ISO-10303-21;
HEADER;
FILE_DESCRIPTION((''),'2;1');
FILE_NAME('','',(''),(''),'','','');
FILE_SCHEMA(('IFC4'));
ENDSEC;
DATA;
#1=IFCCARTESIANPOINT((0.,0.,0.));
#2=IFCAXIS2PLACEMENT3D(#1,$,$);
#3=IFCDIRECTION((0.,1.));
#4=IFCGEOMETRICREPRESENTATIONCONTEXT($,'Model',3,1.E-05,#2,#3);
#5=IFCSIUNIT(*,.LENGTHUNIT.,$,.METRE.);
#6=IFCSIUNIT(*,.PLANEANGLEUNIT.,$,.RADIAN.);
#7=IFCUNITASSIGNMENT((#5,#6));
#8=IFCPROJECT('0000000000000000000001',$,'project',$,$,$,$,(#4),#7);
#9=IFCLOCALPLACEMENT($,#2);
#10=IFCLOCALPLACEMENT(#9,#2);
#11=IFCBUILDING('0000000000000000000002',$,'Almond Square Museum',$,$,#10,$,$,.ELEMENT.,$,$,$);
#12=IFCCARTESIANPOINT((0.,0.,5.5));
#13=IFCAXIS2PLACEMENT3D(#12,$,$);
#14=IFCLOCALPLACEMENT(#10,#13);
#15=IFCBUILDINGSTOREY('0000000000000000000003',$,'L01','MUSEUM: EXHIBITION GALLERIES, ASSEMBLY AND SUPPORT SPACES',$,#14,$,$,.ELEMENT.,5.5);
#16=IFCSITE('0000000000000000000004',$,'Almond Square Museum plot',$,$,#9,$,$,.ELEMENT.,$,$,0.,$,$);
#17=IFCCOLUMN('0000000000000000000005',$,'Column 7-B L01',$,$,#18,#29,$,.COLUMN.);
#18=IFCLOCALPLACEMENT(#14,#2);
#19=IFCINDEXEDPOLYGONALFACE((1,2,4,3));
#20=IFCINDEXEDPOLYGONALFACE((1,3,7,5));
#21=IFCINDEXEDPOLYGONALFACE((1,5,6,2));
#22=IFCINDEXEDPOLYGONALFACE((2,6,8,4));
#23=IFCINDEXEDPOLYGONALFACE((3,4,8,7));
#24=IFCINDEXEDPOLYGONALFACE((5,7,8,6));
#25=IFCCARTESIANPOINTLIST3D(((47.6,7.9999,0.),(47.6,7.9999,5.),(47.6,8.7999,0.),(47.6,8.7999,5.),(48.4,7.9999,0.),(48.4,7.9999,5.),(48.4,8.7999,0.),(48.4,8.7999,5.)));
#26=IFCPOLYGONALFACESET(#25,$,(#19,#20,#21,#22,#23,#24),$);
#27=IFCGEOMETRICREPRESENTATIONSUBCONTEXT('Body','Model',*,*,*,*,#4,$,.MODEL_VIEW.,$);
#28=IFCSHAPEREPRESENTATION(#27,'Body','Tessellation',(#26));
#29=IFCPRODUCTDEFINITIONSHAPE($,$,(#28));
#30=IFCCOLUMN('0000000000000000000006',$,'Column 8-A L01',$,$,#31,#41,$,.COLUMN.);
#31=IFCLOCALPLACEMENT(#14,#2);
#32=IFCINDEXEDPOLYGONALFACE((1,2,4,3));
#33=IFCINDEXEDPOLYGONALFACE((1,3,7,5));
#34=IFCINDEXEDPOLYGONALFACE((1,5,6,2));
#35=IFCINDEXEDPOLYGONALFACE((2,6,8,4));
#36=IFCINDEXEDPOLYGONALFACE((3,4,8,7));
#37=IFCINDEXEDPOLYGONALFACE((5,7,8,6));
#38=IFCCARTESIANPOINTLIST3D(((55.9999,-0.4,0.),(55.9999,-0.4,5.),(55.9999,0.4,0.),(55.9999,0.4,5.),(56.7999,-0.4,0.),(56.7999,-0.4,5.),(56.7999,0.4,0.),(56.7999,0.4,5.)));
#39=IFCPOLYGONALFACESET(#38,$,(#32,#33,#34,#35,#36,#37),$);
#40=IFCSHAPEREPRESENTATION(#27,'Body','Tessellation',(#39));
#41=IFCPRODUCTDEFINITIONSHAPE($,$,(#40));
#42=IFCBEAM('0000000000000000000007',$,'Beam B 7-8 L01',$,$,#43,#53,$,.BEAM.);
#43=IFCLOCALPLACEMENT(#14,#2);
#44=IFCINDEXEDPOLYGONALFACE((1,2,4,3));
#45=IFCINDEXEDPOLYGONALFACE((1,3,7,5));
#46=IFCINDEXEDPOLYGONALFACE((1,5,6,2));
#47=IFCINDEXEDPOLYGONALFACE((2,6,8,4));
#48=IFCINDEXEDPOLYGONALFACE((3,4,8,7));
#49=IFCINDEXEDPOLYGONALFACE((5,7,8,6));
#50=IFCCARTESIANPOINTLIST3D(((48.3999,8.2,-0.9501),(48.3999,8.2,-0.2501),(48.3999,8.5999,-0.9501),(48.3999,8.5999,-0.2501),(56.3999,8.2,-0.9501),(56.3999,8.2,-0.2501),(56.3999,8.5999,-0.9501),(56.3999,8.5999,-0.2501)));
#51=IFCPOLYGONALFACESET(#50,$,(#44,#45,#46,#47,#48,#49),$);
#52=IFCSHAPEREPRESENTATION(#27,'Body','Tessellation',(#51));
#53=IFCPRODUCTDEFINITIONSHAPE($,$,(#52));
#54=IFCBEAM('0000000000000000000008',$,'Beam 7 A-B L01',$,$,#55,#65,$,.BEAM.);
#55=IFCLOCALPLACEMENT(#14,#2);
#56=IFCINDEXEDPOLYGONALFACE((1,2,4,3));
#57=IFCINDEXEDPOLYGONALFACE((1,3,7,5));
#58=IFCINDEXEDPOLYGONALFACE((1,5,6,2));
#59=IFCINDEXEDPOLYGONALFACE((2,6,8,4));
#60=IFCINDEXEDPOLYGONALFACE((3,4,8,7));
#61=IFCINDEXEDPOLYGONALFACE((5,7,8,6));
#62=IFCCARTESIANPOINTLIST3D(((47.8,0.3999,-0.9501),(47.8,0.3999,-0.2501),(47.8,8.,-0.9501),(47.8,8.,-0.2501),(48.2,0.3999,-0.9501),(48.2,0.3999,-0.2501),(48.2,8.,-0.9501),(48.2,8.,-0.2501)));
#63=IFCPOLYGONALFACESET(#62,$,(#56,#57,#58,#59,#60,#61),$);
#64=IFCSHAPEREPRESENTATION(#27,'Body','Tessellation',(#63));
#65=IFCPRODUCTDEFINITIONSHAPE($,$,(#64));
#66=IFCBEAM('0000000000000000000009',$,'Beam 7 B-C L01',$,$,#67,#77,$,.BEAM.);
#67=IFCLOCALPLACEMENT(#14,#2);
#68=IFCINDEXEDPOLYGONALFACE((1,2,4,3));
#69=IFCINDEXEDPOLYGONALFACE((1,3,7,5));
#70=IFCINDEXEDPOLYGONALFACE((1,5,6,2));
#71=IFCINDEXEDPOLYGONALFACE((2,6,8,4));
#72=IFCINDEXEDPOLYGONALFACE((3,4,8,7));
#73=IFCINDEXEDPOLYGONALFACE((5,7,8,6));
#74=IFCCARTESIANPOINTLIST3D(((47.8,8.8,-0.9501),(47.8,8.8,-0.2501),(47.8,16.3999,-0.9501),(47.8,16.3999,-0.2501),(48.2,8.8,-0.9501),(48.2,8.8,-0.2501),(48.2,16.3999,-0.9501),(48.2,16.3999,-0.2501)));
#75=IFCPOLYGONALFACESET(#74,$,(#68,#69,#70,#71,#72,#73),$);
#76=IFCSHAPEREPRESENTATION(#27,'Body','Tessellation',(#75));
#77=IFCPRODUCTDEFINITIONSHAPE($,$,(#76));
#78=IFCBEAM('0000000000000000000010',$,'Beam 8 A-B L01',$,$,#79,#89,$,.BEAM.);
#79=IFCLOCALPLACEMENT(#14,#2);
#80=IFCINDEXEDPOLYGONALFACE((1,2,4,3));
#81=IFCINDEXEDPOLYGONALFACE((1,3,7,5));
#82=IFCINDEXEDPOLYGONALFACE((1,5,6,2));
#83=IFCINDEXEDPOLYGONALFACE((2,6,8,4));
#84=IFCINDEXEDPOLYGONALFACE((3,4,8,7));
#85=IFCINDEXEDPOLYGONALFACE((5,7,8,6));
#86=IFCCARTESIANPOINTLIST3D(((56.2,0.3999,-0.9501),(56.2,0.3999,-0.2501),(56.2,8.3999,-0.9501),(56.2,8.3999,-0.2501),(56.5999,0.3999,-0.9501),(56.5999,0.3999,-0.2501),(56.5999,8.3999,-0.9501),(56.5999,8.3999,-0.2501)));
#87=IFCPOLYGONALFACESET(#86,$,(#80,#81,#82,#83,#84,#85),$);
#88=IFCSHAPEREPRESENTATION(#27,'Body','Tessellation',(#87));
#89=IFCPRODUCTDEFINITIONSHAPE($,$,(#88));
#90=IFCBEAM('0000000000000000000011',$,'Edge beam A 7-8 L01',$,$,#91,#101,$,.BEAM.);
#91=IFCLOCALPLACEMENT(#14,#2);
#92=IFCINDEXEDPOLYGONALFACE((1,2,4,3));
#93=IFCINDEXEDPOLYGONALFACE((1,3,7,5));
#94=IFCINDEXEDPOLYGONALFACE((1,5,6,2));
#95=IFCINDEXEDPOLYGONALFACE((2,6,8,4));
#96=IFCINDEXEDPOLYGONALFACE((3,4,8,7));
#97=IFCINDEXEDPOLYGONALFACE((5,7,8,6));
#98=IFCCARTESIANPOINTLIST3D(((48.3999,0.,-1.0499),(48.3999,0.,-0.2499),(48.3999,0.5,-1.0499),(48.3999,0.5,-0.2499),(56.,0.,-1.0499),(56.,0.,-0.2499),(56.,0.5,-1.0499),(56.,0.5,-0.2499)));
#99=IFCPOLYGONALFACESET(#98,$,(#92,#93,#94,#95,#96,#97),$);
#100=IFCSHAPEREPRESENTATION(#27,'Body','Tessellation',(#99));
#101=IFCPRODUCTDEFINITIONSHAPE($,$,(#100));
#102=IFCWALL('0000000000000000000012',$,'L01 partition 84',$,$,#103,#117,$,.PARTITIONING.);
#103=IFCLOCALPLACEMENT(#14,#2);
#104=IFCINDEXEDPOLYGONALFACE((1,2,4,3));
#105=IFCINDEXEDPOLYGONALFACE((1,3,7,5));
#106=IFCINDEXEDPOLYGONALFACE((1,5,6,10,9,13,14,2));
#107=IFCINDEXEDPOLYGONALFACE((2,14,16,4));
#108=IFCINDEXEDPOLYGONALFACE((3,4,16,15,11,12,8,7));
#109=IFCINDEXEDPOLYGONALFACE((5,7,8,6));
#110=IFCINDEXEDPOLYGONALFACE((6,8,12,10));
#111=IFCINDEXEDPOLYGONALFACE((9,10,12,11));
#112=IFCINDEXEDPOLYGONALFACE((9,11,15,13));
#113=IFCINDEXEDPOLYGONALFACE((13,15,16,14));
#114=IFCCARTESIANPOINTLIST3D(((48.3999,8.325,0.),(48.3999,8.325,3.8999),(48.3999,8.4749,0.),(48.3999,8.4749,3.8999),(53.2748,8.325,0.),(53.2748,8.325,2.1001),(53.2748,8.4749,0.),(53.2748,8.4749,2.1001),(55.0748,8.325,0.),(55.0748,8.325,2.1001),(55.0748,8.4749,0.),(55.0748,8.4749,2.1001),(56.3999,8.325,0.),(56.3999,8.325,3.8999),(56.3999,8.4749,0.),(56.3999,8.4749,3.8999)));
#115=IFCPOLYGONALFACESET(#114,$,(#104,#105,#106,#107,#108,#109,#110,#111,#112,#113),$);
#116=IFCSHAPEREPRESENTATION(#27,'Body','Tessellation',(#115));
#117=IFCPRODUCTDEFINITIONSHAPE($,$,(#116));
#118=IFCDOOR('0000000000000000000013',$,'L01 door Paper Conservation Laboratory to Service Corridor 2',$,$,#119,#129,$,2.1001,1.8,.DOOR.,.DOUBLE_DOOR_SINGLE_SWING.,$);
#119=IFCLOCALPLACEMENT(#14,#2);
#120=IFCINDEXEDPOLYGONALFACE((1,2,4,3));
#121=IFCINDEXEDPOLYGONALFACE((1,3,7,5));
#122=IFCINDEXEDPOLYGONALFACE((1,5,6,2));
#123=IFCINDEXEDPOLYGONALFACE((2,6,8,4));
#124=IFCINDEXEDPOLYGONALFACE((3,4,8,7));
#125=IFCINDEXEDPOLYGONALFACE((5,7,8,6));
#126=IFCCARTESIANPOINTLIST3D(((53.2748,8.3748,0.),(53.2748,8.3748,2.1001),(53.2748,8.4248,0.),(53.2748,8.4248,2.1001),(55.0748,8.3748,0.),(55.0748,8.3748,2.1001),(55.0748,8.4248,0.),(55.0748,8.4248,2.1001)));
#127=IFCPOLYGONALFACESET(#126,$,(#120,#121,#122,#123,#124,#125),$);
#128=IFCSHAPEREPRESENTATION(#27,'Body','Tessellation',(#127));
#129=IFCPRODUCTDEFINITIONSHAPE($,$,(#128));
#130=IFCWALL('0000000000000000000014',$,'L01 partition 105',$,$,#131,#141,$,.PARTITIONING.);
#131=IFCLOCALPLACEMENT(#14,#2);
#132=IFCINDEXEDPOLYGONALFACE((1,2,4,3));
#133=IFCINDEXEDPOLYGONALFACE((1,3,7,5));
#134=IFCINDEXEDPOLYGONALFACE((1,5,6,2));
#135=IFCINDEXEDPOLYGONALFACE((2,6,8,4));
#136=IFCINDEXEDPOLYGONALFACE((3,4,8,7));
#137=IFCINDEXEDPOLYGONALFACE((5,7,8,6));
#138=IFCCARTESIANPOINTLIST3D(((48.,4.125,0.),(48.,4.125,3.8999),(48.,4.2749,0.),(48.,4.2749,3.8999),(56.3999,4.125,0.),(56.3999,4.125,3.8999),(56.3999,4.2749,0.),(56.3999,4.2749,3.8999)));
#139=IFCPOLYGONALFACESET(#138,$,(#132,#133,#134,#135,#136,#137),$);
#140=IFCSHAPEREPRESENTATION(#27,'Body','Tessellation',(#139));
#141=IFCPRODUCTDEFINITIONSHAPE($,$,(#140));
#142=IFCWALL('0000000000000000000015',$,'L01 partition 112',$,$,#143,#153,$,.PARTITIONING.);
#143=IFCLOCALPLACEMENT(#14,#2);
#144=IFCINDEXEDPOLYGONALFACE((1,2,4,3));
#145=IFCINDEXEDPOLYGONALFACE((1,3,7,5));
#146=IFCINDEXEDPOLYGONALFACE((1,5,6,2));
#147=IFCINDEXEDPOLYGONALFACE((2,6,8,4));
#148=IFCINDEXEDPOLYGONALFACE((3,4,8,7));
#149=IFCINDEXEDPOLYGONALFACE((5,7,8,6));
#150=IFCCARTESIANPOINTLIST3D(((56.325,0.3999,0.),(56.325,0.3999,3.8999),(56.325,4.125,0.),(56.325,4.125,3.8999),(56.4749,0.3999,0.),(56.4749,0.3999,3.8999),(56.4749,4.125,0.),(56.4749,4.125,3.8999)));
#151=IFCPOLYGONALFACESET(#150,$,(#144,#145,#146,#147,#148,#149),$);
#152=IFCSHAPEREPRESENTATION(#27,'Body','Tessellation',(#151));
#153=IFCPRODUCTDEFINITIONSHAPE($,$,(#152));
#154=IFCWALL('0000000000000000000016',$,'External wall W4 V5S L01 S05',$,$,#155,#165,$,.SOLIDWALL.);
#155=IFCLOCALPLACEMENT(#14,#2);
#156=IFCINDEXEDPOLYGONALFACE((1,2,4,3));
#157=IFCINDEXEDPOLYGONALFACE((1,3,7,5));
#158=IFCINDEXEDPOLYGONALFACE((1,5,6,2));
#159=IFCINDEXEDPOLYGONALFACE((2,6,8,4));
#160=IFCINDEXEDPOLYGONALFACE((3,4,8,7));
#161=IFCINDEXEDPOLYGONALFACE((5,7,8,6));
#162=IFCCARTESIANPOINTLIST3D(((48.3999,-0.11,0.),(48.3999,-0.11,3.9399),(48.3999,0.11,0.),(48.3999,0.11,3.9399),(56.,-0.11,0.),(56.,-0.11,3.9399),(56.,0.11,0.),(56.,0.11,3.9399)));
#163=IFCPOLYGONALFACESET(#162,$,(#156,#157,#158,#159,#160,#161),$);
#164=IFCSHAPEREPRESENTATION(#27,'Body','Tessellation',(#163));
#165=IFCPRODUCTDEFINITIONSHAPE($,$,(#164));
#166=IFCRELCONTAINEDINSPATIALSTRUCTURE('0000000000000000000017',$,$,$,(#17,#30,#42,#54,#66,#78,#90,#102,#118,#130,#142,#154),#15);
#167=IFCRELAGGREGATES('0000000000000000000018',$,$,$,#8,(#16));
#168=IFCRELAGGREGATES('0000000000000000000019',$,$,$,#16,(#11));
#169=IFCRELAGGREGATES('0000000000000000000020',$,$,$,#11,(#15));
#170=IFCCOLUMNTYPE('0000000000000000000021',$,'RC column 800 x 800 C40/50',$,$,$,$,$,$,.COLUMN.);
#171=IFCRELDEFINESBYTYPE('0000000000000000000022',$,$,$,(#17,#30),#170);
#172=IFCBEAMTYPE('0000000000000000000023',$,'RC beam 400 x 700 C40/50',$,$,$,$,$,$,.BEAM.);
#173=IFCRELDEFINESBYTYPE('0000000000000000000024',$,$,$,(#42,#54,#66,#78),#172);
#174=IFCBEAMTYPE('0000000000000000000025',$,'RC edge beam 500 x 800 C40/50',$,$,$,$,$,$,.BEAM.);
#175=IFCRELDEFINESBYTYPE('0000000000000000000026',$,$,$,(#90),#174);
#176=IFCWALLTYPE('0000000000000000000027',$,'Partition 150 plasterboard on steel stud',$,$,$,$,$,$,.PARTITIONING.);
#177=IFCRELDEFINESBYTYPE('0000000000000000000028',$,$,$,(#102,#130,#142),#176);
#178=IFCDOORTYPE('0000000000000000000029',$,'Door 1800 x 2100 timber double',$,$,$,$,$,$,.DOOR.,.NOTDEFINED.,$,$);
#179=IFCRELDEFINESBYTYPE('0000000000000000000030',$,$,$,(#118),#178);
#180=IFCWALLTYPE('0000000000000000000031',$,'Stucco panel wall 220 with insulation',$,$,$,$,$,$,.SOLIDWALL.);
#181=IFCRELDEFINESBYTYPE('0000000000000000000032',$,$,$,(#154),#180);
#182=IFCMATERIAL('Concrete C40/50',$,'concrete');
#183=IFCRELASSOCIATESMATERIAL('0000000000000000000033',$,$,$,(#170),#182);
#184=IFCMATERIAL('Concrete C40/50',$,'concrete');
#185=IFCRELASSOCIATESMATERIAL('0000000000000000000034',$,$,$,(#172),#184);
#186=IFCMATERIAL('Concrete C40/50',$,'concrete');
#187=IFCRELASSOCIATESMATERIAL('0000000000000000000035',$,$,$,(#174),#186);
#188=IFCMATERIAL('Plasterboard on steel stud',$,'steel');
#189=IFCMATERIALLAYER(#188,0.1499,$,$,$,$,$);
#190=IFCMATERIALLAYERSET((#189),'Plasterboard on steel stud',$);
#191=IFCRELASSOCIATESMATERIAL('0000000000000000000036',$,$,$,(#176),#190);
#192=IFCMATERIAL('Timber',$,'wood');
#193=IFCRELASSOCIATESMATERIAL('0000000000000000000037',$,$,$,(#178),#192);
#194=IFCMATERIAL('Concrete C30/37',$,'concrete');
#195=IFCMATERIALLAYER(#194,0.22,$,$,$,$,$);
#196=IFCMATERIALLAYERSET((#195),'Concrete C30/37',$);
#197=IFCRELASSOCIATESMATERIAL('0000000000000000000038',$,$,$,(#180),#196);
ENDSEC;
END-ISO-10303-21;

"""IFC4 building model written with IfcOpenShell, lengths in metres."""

from ifc_helpers import new_model, si_unit, direction, frame, frame_2d, origin, origin_2d, place, context, subcontext, project, spatial, rectangle, extrude, material, layer, layer_set, material_profile, profile_set, type_object, element, fill, save


model = new_model("IFC4")

# Units and contexts
model_context = context("Model", 3, precision=1e-05, world=origin(), true_north=direction((0.0, 1.0)))
body_context = subcontext(model_context, "Body", "Model", "MODEL_VIEW")
ifc_project = project(units=[si_unit("LENGTHUNIT", "METRE"), si_unit("PLANEANGLEUNIT", "RADIAN")], contexts=[model_context])

# Site, building, storey
site_placement = place(None, origin())
site = spatial("IfcSite", under=ifc_project, at=site_placement, Name="Almond Square Museum plot", CompositionType="ELEMENT", RefElevation=0.0)
building_placement = place(site_placement, origin())
building = spatial("IfcBuilding", under=site, at=building_placement, Name="Almond Square Museum", CompositionType="ELEMENT")
storey_placement = place(building_placement, frame((0.0, 0.0, 5.5)))
storey = spatial("IfcBuildingStorey", under=building, at=storey_placement, Name="L01", Description="MUSEUM: EXHIBITION GALLERIES, ASSEMBLY AND SUPPORT SPACES", CompositionType="ELEMENT", Elevation=5.5)

# Columns
ifc_material_1 = material(Name="Concrete C40/50", Category="concrete")
ifc_material_profile_1 = material_profile(ifc_material_1, rectangle(XDim=0.8, YDim=0.8, at=origin_2d()))
ifc_profile_set_1 = profile_set([ifc_material_profile_1], Name="Concrete C40/50")
column_type = type_object("IfcColumnType", Name="RC column 800 x 800 C40/50", PredefinedType="COLUMN", material=ifc_profile_set_1)
for number, where, z_axis, x_axis, name in (
    (1, (48.0, 8.3999, 0.0), (0.0, 0.0, 1.0), (1.0, 0.0, 0.0), "Column 7-B L01"),
    (2, (56.3999, 0.0, 0.0), (0.0, 0.0, 1.0), (1.0, 0.0, 0.0), "Column 8-A L01"),
):
    element("IfcColumn", number, at=place(storey_placement, frame(where, z_axis=z_axis, x_axis=x_axis)), inside=storey, type_object=column_type, Name=name, PredefinedType="COLUMN", context=body_context, shape_type="SweptSolid", body=[
        extrude(rectangle(XDim=0.8, YDim=0.8, at=origin_2d()), origin(), (0.0, 0.0, 1.0), 5.0),
    ])

# Beams
ifc_material_2 = material(Name="Concrete C40/50", Category="concrete")
ifc_material_profile_2 = material_profile(ifc_material_2, rectangle(XDim=0.3999, YDim=0.7, at=origin_2d()))
ifc_profile_set_2 = profile_set([ifc_material_profile_2], Name="Concrete C40/50")
beam_type_1 = type_object("IfcBeamType", Name="RC beam 400 x 700 C40/50", PredefinedType="BEAM", material=ifc_profile_set_2)
beam_1_placement = place(storey_placement, frame((48.3999, 8.3999, -0.6001), z_axis=(1.0, 0.0, 0.0), x_axis=(0.0, 1.0, 0.0)))
element("IfcBeam", 3, at=beam_1_placement, inside=storey, type_object=beam_type_1, Name="Beam B 7-8 L01", PredefinedType="BEAM", context=body_context, shape_type="SweptSolid", body=[
    extrude(rectangle(XDim=0.3999, YDim=0.7, at=origin_2d()), origin(), (0.0, 0.0, 1.0), 8.0),
])
beam_2_placement = place(storey_placement, frame((48.0, 0.3999, -0.6001), z_axis=(0.0, 1.0, 0.0), x_axis=(-1.0, 0.0, 0.0)))
element("IfcBeam", 4, at=beam_2_placement, inside=storey, type_object=beam_type_1, Name="Beam 7 A-B L01", PredefinedType="BEAM", context=body_context, shape_type="SweptSolid", body=[
    extrude(rectangle(XDim=0.3999, YDim=0.7, at=origin_2d()), origin(), (0.0, 0.0, 1.0), 7.6001),
])
beam_3_placement = place(storey_placement, frame((48.0, 8.8, -0.6001), z_axis=(0.0, 1.0, 0.0), x_axis=(-1.0, 0.0, 0.0)))
element("IfcBeam", 5, at=beam_3_placement, inside=storey, type_object=beam_type_1, Name="Beam 7 B-C L01", PredefinedType="BEAM", context=body_context, shape_type="SweptSolid", body=[
    extrude(rectangle(XDim=0.3999, YDim=0.7, at=origin_2d()), origin(), (0.0, 0.0, 1.0), 7.5999),
])
beam_4_placement = place(storey_placement, frame((56.3999, 0.3999, -0.6001), z_axis=(0.0, 1.0, 0.0), x_axis=(-1.0, 0.0, 0.0)))
element("IfcBeam", 6, at=beam_4_placement, inside=storey, type_object=beam_type_1, Name="Beam 8 A-B L01", PredefinedType="BEAM", context=body_context, shape_type="SweptSolid", body=[
    extrude(rectangle(XDim=0.3999, YDim=0.7, at=origin_2d()), origin(), (0.0, 0.0, 1.0), 8.0),
])
ifc_material_3 = material(Name="Concrete C40/50", Category="concrete")
ifc_material_profile_3 = material_profile(ifc_material_3, rectangle(XDim=0.5, YDim=0.8, at=origin_2d()))
ifc_profile_set_3 = profile_set([ifc_material_profile_3], Name="Concrete C40/50")
beam_type_2 = type_object("IfcBeamType", Name="RC edge beam 500 x 800 C40/50", PredefinedType="BEAM", material=ifc_profile_set_3)
beam_5_placement = place(storey_placement, frame((48.3999, 0.25, -0.6499), z_axis=(1.0, 0.0, 0.0), x_axis=(0.0, 1.0, 0.0)))
element("IfcBeam", 7, at=beam_5_placement, inside=storey, type_object=beam_type_2, Name="Edge beam A 7-8 L01", PredefinedType="BEAM", context=body_context, shape_type="SweptSolid", body=[
    extrude(rectangle(XDim=0.5, YDim=0.8, at=origin_2d()), origin(), (0.0, 0.0, 1.0), 7.6001),
])

# Wall, opening, door
ifc_material_4 = material(Name="Plasterboard on steel stud", Category="steel")
ifc_layer_1 = layer(ifc_material_4, 0.1499)
ifc_layer_set_1 = layer_set([ifc_layer_1], Name="Plasterboard on steel stud")
wall_type_1 = type_object("IfcWallType", Name="Partition 150 plasterboard on steel stud", PredefinedType="PARTITIONING", material=ifc_layer_set_1)
wall_1_placement = place(storey_placement, frame((48.3999, 8.3999, 0.0), z_axis=(0.0, 0.0, 1.0), x_axis=(1.0, 0.0, 0.0)))
wall_1 = element("IfcWall", 8, at=wall_1_placement, inside=storey, type_object=wall_type_1, Name="L01 partition 84", PredefinedType="PARTITIONING", context=body_context, shape_type="SweptSolid", body=[
    extrude(rectangle(XDim=8.0, YDim=0.1499, at=frame_2d((4.0, 0.0))), origin(), (0.0, 0.0, 1.0), 3.8999),
])
opening_placement = place(wall_1_placement, frame((4.875, 0.0, 0.0)))
opening = element("IfcOpeningElement", 9, at=opening_placement, cuts=wall_1, PredefinedType="OPENING", context=body_context, shape_type="SweptSolid", body=[
    extrude(rectangle(XDim=1.8, YDim=2.1001, at=frame_2d((0.8999, 1.05))), frame((0.0, 0.085, 0.0), z_axis=(0.0, -1.0, 0.0), x_axis=(1.0, 0.0, 0.0)), (0.0, 0.0, 1.0), 0.1699),
])
ifc_material_5 = material(Name="Timber", Category="wood")
door_type = type_object("IfcDoorType", Name="Door 1800 x 2100 timber double", OperationType="NOTDEFINED", PredefinedType="DOOR", material=ifc_material_5)
door_placement = place(opening_placement, origin())
door = element("IfcDoor", 10, at=door_placement, inside=storey, type_object=door_type, Name="L01 door Paper Conservation Laboratory to Service Corridor 2", OperationType="DOUBLE_DOOR_SINGLE_SWING", OverallHeight=2.1001, OverallWidth=1.8, PredefinedType="DOOR", context=body_context, shape_type="SweptSolid", body=[
    extrude(rectangle(XDim=1.8, YDim=2.1001, at=frame_2d((0.8999, 1.05))), frame((0.0, 0.0249, 0.0), z_axis=(0.0, -1.0, 0.0), x_axis=(1.0, 0.0, 0.0)), (0.0, 0.0, 1.0), 0.05),
])
fill(opening, door)

# Walls
wall_2_placement = place(storey_placement, frame((48.0, 4.2, 0.0), z_axis=(0.0, 0.0, 1.0), x_axis=(1.0, 0.0, 0.0)))
element("IfcWall", 11, at=wall_2_placement, inside=storey, type_object=wall_type_1, Name="L01 partition 105", PredefinedType="PARTITIONING", context=body_context, shape_type="SweptSolid", body=[
    extrude(rectangle(XDim=8.3999, YDim=0.1499, at=frame_2d((4.2, 0.0))), origin(), (0.0, 0.0, 1.0), 3.8999),
])
wall_3_placement = place(storey_placement, frame((56.3999, 0.3999, 0.0), z_axis=(0.0, 0.0, 1.0), x_axis=(0.0, 1.0, 0.0)))
element("IfcWall", 12, at=wall_3_placement, inside=storey, type_object=wall_type_1, Name="L01 partition 112", PredefinedType="PARTITIONING", context=body_context, shape_type="SweptSolid", body=[
    extrude(rectangle(XDim=3.7251, YDim=0.1499, at=frame_2d((1.8625, 0.0))), origin(), (0.0, 0.0, 1.0), 3.8999),
])
ifc_material_6 = material(Name="Concrete C30/37", Category="concrete")
ifc_layer_2 = layer(ifc_material_6, 0.22)
ifc_layer_set_2 = layer_set([ifc_layer_2], Name="Concrete C30/37")
wall_type_2 = type_object("IfcWallType", Name="Stucco panel wall 220 with insulation", PredefinedType="SOLIDWALL", material=ifc_layer_set_2)
wall_4_placement = place(storey_placement, frame((48.3999, 0.0, 0.0), z_axis=(0.0, 0.0, 1.0), x_axis=(1.0, 0.0, 0.0)))
element("IfcWall", 13, at=wall_4_placement, inside=storey, type_object=wall_type_2, Name="External wall W4 V5S L01 S05", PredefinedType="SOLIDWALL", context=body_context, shape_type="SweptSolid", body=[
    extrude(rectangle(XDim=7.6001, YDim=0.22, at=frame_2d((3.8, 0.0))), origin(), (0.0, 0.0, 1.0), 3.9399),
])

save(model, "model.ifc")
